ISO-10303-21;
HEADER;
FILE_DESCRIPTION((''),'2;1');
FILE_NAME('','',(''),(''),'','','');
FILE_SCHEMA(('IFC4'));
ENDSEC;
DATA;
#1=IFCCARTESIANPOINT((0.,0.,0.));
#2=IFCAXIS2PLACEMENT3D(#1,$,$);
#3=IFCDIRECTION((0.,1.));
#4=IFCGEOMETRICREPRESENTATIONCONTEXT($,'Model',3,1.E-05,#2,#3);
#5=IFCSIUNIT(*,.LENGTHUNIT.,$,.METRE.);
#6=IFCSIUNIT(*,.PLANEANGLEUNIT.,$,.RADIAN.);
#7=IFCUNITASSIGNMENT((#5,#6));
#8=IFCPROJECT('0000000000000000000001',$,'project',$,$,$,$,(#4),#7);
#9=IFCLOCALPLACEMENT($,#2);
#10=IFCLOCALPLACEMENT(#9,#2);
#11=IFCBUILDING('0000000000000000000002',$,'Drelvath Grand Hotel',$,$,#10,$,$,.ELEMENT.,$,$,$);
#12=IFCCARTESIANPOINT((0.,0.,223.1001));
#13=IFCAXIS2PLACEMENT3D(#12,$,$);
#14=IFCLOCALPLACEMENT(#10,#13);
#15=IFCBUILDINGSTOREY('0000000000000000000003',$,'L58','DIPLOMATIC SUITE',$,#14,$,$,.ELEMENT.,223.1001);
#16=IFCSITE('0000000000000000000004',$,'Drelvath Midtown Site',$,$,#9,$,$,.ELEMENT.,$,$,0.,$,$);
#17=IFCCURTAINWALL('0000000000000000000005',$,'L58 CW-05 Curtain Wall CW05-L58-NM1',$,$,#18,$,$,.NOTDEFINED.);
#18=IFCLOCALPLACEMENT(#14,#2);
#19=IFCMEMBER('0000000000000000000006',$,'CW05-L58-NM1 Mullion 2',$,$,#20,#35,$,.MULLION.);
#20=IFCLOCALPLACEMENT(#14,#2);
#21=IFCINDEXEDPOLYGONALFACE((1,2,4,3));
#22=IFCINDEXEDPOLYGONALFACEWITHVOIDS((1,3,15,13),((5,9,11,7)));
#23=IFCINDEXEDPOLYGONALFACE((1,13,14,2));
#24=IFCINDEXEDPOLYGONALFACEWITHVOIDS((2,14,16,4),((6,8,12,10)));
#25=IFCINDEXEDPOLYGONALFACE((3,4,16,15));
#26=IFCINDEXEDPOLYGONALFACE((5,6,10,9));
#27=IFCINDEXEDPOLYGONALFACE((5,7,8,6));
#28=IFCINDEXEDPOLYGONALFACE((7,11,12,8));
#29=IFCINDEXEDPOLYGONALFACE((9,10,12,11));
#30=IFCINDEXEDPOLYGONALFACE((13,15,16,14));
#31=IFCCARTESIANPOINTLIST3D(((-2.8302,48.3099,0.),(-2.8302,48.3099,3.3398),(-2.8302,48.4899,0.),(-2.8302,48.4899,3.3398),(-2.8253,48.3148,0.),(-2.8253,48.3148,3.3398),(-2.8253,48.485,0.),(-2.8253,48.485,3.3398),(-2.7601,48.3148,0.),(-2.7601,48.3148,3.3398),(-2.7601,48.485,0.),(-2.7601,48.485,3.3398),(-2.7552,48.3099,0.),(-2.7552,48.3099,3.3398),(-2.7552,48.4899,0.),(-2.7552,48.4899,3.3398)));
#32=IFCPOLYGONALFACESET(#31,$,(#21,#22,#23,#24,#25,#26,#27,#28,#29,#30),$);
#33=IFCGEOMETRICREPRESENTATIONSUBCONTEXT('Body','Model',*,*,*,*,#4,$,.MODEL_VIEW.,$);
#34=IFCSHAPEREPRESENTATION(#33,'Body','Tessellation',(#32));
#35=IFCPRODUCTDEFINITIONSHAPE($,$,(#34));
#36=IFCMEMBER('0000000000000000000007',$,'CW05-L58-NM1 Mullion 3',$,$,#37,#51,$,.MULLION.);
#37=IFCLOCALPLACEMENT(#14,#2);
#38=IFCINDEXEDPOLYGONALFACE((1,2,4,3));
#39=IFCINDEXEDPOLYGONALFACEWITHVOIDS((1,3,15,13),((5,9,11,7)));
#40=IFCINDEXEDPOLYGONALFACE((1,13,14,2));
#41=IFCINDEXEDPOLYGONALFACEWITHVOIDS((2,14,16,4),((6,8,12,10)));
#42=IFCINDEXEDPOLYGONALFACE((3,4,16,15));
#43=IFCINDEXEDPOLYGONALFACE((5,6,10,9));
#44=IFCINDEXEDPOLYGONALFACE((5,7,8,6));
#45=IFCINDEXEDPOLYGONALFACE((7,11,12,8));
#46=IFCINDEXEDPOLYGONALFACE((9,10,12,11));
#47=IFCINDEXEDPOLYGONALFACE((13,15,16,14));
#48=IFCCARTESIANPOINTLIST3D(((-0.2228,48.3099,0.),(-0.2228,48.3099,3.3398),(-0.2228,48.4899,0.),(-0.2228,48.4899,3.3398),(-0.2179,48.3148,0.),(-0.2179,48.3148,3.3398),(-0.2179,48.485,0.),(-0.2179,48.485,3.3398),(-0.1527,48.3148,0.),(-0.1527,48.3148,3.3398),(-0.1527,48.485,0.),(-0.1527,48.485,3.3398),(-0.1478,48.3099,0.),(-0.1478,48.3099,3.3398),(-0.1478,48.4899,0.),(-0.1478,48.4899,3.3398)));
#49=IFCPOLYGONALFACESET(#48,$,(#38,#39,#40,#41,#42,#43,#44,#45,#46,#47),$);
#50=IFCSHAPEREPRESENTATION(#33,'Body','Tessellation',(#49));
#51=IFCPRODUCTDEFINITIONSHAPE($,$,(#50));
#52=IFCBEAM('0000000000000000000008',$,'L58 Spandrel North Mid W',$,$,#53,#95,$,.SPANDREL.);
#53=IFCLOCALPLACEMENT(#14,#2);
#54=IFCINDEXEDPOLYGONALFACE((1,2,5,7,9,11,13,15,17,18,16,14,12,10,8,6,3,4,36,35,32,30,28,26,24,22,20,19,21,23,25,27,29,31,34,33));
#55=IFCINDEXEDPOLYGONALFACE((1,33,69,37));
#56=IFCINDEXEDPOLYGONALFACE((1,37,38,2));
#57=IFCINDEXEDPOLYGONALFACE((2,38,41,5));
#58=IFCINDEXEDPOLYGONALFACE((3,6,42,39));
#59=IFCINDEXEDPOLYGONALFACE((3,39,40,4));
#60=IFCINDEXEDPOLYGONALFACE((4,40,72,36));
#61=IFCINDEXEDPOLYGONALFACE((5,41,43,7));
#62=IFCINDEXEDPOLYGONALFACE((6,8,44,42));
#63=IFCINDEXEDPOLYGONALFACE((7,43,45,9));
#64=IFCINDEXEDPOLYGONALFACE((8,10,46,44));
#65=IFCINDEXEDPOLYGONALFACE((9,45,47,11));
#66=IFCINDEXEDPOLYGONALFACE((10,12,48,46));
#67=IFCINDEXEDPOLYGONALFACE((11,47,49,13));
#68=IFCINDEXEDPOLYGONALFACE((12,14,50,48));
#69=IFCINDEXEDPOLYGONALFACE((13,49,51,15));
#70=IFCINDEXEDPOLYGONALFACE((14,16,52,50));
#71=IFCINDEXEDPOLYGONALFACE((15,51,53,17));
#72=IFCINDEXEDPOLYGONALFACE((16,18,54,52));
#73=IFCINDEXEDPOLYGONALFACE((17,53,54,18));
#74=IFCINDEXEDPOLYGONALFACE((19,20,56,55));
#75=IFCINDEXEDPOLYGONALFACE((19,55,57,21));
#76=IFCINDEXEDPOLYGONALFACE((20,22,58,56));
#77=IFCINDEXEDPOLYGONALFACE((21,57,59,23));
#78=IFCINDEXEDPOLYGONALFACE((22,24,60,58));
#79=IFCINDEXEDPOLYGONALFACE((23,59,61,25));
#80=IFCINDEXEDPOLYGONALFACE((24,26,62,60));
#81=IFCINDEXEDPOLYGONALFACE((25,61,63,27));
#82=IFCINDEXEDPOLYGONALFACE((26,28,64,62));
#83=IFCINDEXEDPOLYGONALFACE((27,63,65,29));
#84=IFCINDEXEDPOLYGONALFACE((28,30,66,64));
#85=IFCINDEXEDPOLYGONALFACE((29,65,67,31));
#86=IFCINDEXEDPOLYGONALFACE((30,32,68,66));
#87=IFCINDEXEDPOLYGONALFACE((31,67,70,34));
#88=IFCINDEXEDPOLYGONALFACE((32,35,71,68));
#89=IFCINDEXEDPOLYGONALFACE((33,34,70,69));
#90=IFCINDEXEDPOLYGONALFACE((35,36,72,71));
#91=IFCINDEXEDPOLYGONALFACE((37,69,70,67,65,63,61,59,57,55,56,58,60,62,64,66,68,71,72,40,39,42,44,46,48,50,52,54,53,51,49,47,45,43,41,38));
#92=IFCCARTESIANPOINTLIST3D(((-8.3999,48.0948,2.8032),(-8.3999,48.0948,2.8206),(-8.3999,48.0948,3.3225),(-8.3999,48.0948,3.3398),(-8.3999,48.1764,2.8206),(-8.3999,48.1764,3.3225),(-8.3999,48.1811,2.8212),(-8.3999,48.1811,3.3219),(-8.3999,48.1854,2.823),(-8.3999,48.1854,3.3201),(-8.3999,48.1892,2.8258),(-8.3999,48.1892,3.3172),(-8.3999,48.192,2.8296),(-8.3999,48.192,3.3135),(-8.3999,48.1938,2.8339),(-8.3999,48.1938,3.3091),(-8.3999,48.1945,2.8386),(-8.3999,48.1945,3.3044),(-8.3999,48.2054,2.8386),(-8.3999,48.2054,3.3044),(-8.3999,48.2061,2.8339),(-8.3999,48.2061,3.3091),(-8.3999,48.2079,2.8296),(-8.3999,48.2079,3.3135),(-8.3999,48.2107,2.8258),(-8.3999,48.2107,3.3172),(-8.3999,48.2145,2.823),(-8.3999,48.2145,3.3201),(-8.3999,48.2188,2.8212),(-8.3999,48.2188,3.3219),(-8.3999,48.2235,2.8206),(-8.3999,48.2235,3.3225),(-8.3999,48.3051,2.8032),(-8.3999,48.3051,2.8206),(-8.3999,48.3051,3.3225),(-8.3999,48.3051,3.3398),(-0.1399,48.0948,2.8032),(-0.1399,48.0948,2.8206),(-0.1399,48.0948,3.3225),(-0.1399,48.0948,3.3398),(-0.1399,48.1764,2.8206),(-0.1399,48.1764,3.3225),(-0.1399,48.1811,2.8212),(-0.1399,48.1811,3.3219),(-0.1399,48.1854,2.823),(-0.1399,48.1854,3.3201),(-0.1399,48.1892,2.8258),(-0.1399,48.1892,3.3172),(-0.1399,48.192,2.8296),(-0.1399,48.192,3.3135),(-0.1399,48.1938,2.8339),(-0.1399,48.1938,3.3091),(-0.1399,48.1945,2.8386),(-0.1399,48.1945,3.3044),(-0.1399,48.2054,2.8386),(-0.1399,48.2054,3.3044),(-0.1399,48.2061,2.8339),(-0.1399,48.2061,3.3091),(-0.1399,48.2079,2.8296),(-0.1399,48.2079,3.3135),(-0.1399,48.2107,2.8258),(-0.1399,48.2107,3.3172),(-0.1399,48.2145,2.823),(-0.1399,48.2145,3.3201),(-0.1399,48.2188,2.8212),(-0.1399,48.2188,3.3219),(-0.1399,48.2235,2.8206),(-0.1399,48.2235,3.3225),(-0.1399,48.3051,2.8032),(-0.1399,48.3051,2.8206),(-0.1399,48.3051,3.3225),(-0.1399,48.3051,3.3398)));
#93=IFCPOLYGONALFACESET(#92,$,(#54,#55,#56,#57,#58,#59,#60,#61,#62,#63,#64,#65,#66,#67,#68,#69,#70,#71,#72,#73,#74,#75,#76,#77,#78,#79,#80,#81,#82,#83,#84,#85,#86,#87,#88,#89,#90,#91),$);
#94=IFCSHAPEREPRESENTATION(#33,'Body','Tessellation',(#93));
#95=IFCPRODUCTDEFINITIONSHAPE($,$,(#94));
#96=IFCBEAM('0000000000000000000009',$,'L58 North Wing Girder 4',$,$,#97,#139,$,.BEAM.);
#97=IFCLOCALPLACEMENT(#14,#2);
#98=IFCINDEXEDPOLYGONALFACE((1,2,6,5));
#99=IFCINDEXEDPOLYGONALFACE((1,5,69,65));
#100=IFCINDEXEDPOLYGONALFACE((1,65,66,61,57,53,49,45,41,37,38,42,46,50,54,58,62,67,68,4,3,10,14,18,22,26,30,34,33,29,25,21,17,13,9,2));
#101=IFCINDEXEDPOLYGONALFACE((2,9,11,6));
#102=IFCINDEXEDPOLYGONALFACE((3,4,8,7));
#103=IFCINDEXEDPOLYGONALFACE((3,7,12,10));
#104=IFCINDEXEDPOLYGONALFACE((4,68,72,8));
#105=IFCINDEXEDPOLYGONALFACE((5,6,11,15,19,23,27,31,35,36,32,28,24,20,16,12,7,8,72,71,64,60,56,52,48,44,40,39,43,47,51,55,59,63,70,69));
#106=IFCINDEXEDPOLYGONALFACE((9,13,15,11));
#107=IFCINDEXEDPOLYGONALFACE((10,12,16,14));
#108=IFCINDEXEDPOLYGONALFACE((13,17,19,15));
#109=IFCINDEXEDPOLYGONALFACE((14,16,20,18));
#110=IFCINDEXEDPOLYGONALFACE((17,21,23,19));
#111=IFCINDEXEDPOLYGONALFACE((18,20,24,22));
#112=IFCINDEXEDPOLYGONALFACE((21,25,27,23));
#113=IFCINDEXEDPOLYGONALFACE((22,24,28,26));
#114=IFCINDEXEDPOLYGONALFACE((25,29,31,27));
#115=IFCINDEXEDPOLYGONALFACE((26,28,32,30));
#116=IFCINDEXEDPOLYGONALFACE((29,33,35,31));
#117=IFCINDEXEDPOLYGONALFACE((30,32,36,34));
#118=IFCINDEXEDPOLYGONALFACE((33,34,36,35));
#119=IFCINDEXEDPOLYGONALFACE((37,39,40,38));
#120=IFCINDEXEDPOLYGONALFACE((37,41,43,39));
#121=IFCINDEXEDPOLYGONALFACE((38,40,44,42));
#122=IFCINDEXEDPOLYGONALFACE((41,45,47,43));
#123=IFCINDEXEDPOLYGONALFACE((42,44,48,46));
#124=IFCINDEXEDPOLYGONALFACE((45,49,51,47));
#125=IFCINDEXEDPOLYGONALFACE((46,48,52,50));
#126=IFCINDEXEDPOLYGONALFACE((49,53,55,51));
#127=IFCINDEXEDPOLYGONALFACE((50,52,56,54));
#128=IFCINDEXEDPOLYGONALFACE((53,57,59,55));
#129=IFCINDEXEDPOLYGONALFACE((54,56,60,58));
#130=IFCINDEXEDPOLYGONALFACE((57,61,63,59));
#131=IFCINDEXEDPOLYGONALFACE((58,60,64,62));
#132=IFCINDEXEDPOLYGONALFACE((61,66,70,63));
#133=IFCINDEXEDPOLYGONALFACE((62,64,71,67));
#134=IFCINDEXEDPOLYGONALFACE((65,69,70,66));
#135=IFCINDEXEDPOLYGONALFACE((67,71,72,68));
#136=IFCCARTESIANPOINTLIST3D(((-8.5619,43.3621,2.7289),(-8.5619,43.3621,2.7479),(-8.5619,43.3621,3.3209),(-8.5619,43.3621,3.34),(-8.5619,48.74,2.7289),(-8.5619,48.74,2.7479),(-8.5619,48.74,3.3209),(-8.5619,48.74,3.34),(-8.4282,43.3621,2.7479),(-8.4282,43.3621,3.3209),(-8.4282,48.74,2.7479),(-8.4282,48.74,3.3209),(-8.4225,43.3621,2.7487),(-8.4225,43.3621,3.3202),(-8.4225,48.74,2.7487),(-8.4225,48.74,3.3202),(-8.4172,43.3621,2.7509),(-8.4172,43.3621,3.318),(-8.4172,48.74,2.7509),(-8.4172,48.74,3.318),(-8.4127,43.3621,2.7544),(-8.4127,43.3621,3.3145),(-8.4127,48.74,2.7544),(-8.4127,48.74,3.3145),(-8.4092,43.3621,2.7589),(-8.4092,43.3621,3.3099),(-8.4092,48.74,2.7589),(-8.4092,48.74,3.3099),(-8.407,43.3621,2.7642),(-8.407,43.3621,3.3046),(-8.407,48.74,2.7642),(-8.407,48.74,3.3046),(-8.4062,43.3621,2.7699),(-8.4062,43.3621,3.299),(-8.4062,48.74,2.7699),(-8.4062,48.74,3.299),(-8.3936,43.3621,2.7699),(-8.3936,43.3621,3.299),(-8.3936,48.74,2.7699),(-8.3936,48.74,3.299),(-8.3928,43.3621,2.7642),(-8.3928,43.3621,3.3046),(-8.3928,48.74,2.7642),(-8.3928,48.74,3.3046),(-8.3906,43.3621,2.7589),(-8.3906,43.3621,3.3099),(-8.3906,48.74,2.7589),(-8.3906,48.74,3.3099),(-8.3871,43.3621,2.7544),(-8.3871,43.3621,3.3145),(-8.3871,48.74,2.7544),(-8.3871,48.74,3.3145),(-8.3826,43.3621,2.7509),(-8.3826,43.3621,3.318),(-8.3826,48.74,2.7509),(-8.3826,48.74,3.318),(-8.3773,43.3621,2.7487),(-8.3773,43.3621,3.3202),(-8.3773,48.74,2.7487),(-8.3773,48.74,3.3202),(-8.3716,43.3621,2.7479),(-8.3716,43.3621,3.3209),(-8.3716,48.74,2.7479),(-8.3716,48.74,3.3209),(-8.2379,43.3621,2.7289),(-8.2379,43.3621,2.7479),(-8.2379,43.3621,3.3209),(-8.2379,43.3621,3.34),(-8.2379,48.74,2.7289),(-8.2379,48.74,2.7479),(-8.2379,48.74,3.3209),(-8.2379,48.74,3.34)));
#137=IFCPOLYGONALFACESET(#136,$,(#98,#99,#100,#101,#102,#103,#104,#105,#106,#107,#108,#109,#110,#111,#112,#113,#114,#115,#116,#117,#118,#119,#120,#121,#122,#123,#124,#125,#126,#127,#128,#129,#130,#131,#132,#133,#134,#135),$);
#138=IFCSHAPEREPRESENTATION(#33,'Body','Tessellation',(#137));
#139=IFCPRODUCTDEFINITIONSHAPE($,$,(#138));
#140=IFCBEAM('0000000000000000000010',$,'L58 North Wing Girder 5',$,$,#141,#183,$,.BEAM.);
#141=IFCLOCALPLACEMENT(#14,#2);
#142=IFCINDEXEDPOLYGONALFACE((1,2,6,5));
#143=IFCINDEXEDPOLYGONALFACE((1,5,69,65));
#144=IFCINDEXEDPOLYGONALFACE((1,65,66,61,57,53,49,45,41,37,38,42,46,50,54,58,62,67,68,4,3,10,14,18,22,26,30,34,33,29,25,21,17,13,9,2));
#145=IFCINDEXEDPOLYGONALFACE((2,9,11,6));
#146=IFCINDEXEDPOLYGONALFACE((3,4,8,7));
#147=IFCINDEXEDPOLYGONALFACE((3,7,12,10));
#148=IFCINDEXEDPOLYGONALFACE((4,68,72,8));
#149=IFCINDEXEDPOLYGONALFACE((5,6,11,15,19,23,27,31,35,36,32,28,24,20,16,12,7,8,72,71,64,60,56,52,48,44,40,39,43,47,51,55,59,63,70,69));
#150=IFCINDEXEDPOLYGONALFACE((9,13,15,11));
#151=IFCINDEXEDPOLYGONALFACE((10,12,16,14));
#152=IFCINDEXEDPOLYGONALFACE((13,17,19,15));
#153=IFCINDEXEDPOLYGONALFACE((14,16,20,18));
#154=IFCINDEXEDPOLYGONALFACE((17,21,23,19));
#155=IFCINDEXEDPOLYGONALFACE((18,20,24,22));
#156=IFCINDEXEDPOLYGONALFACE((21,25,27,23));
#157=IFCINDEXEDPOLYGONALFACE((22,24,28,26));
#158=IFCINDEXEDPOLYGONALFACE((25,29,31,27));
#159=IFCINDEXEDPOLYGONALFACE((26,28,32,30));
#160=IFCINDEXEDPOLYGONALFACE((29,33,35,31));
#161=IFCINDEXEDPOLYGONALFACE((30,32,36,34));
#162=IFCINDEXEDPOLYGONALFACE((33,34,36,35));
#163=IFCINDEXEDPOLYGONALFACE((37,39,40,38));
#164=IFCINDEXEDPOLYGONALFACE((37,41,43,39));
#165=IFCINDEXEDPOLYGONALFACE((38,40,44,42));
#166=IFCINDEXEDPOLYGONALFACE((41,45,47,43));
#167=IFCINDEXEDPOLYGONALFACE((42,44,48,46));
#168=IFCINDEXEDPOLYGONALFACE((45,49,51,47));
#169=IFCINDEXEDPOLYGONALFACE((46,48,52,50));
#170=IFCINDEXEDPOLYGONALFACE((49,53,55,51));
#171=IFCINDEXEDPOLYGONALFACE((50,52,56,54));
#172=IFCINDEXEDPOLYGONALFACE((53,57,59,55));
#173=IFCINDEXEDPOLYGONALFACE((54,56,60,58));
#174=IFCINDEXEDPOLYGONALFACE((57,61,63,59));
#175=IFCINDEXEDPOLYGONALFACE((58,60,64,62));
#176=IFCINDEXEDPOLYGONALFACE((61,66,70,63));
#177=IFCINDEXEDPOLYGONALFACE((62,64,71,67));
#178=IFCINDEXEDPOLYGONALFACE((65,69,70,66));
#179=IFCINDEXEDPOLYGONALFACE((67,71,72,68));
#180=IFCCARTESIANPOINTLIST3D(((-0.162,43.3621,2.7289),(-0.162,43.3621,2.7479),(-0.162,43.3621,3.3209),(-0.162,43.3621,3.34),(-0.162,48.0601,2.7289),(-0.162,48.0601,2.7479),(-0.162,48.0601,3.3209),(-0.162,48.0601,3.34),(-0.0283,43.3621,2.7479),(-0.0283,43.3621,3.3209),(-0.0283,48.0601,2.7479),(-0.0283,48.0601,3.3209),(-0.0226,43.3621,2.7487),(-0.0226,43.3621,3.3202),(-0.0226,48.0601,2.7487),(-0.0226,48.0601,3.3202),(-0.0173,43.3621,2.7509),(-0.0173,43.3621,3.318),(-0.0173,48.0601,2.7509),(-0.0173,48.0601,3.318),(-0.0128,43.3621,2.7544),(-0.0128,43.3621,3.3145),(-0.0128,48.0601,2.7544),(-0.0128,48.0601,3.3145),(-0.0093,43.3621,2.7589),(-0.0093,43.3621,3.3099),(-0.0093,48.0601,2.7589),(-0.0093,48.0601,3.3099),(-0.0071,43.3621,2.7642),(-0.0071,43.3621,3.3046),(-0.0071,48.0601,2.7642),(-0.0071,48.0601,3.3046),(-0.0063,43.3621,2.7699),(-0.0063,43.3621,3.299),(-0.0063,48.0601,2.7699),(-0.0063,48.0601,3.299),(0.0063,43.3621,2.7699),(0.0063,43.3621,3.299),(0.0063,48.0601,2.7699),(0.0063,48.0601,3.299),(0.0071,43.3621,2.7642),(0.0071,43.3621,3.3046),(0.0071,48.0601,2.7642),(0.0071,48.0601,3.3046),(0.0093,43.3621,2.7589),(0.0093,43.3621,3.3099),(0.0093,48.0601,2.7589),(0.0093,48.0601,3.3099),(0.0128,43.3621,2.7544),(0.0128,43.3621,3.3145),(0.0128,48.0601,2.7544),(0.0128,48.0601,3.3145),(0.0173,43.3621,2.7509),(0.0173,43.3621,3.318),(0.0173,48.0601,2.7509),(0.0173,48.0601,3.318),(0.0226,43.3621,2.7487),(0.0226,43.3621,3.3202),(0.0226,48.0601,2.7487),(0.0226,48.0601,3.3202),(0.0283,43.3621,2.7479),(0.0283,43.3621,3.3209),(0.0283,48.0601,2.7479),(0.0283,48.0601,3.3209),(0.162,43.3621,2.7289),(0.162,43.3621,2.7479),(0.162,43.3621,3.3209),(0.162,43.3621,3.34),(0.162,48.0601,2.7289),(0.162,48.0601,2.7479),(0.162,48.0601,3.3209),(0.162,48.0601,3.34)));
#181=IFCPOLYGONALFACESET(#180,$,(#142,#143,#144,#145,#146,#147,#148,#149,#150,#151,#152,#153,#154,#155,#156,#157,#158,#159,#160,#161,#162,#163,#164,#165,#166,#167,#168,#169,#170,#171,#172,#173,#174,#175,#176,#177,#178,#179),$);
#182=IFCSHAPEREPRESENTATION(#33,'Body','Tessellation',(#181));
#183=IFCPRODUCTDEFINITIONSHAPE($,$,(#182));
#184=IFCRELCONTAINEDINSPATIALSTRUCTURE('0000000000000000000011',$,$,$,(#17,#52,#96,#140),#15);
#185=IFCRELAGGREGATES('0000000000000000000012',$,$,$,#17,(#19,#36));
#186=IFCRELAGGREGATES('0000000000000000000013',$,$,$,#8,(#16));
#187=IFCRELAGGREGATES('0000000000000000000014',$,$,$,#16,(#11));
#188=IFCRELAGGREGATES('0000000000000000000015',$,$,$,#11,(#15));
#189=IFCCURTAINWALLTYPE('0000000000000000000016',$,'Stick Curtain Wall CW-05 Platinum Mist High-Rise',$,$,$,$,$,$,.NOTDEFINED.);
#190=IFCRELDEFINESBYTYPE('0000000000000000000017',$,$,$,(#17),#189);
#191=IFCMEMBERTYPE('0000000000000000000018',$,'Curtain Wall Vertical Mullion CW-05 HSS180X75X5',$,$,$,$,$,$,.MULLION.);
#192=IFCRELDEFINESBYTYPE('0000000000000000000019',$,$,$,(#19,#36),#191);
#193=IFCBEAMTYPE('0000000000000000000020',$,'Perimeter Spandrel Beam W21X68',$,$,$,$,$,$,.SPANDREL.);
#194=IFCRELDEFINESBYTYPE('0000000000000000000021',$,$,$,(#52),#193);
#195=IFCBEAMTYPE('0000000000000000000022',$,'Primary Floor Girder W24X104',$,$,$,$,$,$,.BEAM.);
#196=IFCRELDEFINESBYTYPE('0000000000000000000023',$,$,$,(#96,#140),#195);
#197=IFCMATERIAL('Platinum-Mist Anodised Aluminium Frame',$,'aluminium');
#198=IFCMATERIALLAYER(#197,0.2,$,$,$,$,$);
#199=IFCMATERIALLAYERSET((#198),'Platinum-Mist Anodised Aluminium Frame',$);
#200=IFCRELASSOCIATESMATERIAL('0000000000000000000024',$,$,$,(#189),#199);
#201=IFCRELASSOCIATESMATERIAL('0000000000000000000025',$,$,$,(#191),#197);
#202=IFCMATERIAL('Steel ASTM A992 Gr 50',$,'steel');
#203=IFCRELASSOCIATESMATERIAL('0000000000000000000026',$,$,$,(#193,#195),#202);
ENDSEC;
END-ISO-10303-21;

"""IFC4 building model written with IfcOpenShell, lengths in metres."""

from ifc_helpers import new_model, si_unit, direction, frame, origin, origin_2d, place, context, subcontext, project, spatial, hollow_rectangle, i_section, extrude, material, layer, layer_set, material_profile, profile_set, type_object, element, aggregate, save


model = new_model("IFC4")

# Units and contexts
model_context = context("Model", 3, precision=1e-05, world=origin(), true_north=direction((0.0, 1.0)))
body_context = subcontext(model_context, "Body", "Model", "MODEL_VIEW")
ifc_project = project(units=[si_unit("LENGTHUNIT", "METRE"), si_unit("PLANEANGLEUNIT", "RADIAN")], contexts=[model_context])

# Site, building, storey
site_placement = place(None, origin())
site = spatial("IfcSite", under=ifc_project, at=site_placement, Name="Drelvath Midtown Site", CompositionType="ELEMENT", RefElevation=0.0)
building_placement = place(site_placement, origin())
building = spatial("IfcBuilding", under=site, at=building_placement, Name="Drelvath Grand Hotel", CompositionType="ELEMENT")
storey_placement = place(building_placement, frame((0.0, 0.0, 223.1001)))
storey = spatial("IfcBuildingStorey", under=building, at=storey_placement, Name="L58", Description="DIPLOMATIC SUITE", CompositionType="ELEMENT", Elevation=223.1001)

# Curtain wall
ifc_material_1 = material(Name="Platinum-Mist Anodised Aluminium Frame", Category="aluminium")
ifc_layer_1 = layer(ifc_material_1, 0.2)
ifc_layer_set_1 = layer_set([ifc_layer_1], Name="Platinum-Mist Anodised Aluminium Frame")
curtain_wall_type = type_object("IfcCurtainWallType", Name="Stick Curtain Wall CW-05 Platinum Mist High-Rise", PredefinedType="NOTDEFINED", material=ifc_layer_set_1)
curtain_wall_1_placement = place(storey_placement, origin())
curtain_wall_1 = element("IfcCurtainWall", 1, at=curtain_wall_1_placement, inside=storey, type_object=curtain_wall_type, Name="L58 CW-05 Curtain Wall CW05-L58-NM1", PredefinedType="NOTDEFINED")

# Members
ifc_material_profile_1 = material_profile(ifc_material_1, hollow_rectangle(XDim=0.075, YDim=0.1799, WallThickness=0.0049, at=origin_2d()), Name="HSS180X75X5")
ifc_profile_set_1 = profile_set([ifc_material_profile_1], Name="Platinum-Mist Anodised Aluminium Frame")
member_type_1 = type_object("IfcMemberType", Name="Curtain Wall Vertical Mullion CW-05 HSS180X75X5", PredefinedType="MULLION", material=ifc_profile_set_1)
member_1_placement = place(storey_placement, frame((-2.7927, 48.3999, 0.0), z_axis=(0.0, 0.0, 1.0), x_axis=(1.0, 0.0, 0.0)))
member_1 = element("IfcMember", 2, at=member_1_placement, type_object=member_type_1, Name="CW05-L58-NM1 Mullion 2", PredefinedType="MULLION", context=body_context, shape_type="SweptSolid", body=[
    extrude(hollow_rectangle(XDim=0.075, YDim=0.1799, WallThickness=0.0049, at=origin_2d()), origin(), (0.0, 0.0, 1.0), 3.3398),
])
member_2_placement = place(storey_placement, frame((-0.1853, 48.3999, 0.0), z_axis=(0.0, 0.0, 1.0), x_axis=(1.0, 0.0, 0.0)))
member_2 = element("IfcMember", 3, at=member_2_placement, type_object=member_type_1, Name="CW05-L58-NM1 Mullion 3", PredefinedType="MULLION", context=body_context, shape_type="SweptSolid", body=[
    extrude(hollow_rectangle(XDim=0.075, YDim=0.1799, WallThickness=0.0049, at=origin_2d()), origin(), (0.0, 0.0, 1.0), 3.3398),
])

# Beams
ifc_material_2 = material(Name="Steel ASTM A992 Gr 50", Category="steel")
ifc_material_profile_2 = material_profile(ifc_material_2, i_section(OverallWidth=0.2102, OverallDepth=0.5366, WebThickness=0.011, FlangeThickness=0.0173, FilletRadius=0.0181, at=origin_2d()), Name="W21X68")
ifc_profile_set_2 = profile_set([ifc_material_profile_2], Name="Steel ASTM A992 Gr 50")
beam_type_1 = type_object("IfcBeamType", Name="Perimeter Spandrel Beam W21X68", PredefinedType="SPANDREL", material=ifc_profile_set_2)
beam_1_placement = place(storey_placement, frame((-8.3999, 48.2, 3.0715), z_axis=(1.0, 0.0, 0.0), x_axis=(0.0, 1.0, 0.0)))
element("IfcBeam", 4, at=beam_1_placement, inside=storey, type_object=beam_type_1, Name="L58 Spandrel North Mid W", PredefinedType="SPANDREL", context=body_context, shape_type="SweptSolid", body=[
    extrude(i_section(OverallWidth=0.2102, OverallDepth=0.5366, WebThickness=0.011, FlangeThickness=0.0173, FilletRadius=0.0181, at=origin_2d()), origin(), (0.0, 0.0, 1.0), 8.26),
])
ifc_material_profile_3 = material_profile(ifc_material_2, i_section(OverallWidth=0.324, OverallDepth=0.6111, WebThickness=0.0127, FlangeThickness=0.019, FilletRadius=0.022, at=origin_2d()), Name="W24X104")
ifc_profile_set_3 = profile_set([ifc_material_profile_3], Name="Steel ASTM A992 Gr 50")
beam_type_2 = type_object("IfcBeamType", Name="Primary Floor Girder W24X104", PredefinedType="BEAM", material=ifc_profile_set_3)
beam_2_placement = place(storey_placement, frame((-8.3999, 43.3621, 3.0344), z_axis=(0.0, 1.0, 0.0), x_axis=(-1.0, 0.0, 0.0)))
element("IfcBeam", 5, at=beam_2_placement, inside=storey, type_object=beam_type_2, Name="L58 North Wing Girder 4", PredefinedType="BEAM", context=body_context, shape_type="SweptSolid", body=[
    extrude(i_section(OverallWidth=0.324, OverallDepth=0.6111, WebThickness=0.0127, FlangeThickness=0.019, FilletRadius=0.022, at=origin_2d()), origin(), (0.0, 0.0, 1.0), 5.3779),
])
beam_3_placement = place(storey_placement, frame((0.0, 43.3621, 3.0344), z_axis=(0.0, 1.0, 0.0), x_axis=(-1.0, 0.0, 0.0)))
element("IfcBeam", 6, at=beam_3_placement, inside=storey, type_object=beam_type_2, Name="L58 North Wing Girder 5", PredefinedType="BEAM", context=body_context, shape_type="SweptSolid", body=[
    extrude(i_section(OverallWidth=0.324, OverallDepth=0.6111, WebThickness=0.0127, FlangeThickness=0.019, FilletRadius=0.022, at=origin_2d()), origin(), (0.0, 0.0, 1.0), 4.698),
])

aggregate(curtain_wall_1, [member_1, member_2])

save(model, "model.ifc")
